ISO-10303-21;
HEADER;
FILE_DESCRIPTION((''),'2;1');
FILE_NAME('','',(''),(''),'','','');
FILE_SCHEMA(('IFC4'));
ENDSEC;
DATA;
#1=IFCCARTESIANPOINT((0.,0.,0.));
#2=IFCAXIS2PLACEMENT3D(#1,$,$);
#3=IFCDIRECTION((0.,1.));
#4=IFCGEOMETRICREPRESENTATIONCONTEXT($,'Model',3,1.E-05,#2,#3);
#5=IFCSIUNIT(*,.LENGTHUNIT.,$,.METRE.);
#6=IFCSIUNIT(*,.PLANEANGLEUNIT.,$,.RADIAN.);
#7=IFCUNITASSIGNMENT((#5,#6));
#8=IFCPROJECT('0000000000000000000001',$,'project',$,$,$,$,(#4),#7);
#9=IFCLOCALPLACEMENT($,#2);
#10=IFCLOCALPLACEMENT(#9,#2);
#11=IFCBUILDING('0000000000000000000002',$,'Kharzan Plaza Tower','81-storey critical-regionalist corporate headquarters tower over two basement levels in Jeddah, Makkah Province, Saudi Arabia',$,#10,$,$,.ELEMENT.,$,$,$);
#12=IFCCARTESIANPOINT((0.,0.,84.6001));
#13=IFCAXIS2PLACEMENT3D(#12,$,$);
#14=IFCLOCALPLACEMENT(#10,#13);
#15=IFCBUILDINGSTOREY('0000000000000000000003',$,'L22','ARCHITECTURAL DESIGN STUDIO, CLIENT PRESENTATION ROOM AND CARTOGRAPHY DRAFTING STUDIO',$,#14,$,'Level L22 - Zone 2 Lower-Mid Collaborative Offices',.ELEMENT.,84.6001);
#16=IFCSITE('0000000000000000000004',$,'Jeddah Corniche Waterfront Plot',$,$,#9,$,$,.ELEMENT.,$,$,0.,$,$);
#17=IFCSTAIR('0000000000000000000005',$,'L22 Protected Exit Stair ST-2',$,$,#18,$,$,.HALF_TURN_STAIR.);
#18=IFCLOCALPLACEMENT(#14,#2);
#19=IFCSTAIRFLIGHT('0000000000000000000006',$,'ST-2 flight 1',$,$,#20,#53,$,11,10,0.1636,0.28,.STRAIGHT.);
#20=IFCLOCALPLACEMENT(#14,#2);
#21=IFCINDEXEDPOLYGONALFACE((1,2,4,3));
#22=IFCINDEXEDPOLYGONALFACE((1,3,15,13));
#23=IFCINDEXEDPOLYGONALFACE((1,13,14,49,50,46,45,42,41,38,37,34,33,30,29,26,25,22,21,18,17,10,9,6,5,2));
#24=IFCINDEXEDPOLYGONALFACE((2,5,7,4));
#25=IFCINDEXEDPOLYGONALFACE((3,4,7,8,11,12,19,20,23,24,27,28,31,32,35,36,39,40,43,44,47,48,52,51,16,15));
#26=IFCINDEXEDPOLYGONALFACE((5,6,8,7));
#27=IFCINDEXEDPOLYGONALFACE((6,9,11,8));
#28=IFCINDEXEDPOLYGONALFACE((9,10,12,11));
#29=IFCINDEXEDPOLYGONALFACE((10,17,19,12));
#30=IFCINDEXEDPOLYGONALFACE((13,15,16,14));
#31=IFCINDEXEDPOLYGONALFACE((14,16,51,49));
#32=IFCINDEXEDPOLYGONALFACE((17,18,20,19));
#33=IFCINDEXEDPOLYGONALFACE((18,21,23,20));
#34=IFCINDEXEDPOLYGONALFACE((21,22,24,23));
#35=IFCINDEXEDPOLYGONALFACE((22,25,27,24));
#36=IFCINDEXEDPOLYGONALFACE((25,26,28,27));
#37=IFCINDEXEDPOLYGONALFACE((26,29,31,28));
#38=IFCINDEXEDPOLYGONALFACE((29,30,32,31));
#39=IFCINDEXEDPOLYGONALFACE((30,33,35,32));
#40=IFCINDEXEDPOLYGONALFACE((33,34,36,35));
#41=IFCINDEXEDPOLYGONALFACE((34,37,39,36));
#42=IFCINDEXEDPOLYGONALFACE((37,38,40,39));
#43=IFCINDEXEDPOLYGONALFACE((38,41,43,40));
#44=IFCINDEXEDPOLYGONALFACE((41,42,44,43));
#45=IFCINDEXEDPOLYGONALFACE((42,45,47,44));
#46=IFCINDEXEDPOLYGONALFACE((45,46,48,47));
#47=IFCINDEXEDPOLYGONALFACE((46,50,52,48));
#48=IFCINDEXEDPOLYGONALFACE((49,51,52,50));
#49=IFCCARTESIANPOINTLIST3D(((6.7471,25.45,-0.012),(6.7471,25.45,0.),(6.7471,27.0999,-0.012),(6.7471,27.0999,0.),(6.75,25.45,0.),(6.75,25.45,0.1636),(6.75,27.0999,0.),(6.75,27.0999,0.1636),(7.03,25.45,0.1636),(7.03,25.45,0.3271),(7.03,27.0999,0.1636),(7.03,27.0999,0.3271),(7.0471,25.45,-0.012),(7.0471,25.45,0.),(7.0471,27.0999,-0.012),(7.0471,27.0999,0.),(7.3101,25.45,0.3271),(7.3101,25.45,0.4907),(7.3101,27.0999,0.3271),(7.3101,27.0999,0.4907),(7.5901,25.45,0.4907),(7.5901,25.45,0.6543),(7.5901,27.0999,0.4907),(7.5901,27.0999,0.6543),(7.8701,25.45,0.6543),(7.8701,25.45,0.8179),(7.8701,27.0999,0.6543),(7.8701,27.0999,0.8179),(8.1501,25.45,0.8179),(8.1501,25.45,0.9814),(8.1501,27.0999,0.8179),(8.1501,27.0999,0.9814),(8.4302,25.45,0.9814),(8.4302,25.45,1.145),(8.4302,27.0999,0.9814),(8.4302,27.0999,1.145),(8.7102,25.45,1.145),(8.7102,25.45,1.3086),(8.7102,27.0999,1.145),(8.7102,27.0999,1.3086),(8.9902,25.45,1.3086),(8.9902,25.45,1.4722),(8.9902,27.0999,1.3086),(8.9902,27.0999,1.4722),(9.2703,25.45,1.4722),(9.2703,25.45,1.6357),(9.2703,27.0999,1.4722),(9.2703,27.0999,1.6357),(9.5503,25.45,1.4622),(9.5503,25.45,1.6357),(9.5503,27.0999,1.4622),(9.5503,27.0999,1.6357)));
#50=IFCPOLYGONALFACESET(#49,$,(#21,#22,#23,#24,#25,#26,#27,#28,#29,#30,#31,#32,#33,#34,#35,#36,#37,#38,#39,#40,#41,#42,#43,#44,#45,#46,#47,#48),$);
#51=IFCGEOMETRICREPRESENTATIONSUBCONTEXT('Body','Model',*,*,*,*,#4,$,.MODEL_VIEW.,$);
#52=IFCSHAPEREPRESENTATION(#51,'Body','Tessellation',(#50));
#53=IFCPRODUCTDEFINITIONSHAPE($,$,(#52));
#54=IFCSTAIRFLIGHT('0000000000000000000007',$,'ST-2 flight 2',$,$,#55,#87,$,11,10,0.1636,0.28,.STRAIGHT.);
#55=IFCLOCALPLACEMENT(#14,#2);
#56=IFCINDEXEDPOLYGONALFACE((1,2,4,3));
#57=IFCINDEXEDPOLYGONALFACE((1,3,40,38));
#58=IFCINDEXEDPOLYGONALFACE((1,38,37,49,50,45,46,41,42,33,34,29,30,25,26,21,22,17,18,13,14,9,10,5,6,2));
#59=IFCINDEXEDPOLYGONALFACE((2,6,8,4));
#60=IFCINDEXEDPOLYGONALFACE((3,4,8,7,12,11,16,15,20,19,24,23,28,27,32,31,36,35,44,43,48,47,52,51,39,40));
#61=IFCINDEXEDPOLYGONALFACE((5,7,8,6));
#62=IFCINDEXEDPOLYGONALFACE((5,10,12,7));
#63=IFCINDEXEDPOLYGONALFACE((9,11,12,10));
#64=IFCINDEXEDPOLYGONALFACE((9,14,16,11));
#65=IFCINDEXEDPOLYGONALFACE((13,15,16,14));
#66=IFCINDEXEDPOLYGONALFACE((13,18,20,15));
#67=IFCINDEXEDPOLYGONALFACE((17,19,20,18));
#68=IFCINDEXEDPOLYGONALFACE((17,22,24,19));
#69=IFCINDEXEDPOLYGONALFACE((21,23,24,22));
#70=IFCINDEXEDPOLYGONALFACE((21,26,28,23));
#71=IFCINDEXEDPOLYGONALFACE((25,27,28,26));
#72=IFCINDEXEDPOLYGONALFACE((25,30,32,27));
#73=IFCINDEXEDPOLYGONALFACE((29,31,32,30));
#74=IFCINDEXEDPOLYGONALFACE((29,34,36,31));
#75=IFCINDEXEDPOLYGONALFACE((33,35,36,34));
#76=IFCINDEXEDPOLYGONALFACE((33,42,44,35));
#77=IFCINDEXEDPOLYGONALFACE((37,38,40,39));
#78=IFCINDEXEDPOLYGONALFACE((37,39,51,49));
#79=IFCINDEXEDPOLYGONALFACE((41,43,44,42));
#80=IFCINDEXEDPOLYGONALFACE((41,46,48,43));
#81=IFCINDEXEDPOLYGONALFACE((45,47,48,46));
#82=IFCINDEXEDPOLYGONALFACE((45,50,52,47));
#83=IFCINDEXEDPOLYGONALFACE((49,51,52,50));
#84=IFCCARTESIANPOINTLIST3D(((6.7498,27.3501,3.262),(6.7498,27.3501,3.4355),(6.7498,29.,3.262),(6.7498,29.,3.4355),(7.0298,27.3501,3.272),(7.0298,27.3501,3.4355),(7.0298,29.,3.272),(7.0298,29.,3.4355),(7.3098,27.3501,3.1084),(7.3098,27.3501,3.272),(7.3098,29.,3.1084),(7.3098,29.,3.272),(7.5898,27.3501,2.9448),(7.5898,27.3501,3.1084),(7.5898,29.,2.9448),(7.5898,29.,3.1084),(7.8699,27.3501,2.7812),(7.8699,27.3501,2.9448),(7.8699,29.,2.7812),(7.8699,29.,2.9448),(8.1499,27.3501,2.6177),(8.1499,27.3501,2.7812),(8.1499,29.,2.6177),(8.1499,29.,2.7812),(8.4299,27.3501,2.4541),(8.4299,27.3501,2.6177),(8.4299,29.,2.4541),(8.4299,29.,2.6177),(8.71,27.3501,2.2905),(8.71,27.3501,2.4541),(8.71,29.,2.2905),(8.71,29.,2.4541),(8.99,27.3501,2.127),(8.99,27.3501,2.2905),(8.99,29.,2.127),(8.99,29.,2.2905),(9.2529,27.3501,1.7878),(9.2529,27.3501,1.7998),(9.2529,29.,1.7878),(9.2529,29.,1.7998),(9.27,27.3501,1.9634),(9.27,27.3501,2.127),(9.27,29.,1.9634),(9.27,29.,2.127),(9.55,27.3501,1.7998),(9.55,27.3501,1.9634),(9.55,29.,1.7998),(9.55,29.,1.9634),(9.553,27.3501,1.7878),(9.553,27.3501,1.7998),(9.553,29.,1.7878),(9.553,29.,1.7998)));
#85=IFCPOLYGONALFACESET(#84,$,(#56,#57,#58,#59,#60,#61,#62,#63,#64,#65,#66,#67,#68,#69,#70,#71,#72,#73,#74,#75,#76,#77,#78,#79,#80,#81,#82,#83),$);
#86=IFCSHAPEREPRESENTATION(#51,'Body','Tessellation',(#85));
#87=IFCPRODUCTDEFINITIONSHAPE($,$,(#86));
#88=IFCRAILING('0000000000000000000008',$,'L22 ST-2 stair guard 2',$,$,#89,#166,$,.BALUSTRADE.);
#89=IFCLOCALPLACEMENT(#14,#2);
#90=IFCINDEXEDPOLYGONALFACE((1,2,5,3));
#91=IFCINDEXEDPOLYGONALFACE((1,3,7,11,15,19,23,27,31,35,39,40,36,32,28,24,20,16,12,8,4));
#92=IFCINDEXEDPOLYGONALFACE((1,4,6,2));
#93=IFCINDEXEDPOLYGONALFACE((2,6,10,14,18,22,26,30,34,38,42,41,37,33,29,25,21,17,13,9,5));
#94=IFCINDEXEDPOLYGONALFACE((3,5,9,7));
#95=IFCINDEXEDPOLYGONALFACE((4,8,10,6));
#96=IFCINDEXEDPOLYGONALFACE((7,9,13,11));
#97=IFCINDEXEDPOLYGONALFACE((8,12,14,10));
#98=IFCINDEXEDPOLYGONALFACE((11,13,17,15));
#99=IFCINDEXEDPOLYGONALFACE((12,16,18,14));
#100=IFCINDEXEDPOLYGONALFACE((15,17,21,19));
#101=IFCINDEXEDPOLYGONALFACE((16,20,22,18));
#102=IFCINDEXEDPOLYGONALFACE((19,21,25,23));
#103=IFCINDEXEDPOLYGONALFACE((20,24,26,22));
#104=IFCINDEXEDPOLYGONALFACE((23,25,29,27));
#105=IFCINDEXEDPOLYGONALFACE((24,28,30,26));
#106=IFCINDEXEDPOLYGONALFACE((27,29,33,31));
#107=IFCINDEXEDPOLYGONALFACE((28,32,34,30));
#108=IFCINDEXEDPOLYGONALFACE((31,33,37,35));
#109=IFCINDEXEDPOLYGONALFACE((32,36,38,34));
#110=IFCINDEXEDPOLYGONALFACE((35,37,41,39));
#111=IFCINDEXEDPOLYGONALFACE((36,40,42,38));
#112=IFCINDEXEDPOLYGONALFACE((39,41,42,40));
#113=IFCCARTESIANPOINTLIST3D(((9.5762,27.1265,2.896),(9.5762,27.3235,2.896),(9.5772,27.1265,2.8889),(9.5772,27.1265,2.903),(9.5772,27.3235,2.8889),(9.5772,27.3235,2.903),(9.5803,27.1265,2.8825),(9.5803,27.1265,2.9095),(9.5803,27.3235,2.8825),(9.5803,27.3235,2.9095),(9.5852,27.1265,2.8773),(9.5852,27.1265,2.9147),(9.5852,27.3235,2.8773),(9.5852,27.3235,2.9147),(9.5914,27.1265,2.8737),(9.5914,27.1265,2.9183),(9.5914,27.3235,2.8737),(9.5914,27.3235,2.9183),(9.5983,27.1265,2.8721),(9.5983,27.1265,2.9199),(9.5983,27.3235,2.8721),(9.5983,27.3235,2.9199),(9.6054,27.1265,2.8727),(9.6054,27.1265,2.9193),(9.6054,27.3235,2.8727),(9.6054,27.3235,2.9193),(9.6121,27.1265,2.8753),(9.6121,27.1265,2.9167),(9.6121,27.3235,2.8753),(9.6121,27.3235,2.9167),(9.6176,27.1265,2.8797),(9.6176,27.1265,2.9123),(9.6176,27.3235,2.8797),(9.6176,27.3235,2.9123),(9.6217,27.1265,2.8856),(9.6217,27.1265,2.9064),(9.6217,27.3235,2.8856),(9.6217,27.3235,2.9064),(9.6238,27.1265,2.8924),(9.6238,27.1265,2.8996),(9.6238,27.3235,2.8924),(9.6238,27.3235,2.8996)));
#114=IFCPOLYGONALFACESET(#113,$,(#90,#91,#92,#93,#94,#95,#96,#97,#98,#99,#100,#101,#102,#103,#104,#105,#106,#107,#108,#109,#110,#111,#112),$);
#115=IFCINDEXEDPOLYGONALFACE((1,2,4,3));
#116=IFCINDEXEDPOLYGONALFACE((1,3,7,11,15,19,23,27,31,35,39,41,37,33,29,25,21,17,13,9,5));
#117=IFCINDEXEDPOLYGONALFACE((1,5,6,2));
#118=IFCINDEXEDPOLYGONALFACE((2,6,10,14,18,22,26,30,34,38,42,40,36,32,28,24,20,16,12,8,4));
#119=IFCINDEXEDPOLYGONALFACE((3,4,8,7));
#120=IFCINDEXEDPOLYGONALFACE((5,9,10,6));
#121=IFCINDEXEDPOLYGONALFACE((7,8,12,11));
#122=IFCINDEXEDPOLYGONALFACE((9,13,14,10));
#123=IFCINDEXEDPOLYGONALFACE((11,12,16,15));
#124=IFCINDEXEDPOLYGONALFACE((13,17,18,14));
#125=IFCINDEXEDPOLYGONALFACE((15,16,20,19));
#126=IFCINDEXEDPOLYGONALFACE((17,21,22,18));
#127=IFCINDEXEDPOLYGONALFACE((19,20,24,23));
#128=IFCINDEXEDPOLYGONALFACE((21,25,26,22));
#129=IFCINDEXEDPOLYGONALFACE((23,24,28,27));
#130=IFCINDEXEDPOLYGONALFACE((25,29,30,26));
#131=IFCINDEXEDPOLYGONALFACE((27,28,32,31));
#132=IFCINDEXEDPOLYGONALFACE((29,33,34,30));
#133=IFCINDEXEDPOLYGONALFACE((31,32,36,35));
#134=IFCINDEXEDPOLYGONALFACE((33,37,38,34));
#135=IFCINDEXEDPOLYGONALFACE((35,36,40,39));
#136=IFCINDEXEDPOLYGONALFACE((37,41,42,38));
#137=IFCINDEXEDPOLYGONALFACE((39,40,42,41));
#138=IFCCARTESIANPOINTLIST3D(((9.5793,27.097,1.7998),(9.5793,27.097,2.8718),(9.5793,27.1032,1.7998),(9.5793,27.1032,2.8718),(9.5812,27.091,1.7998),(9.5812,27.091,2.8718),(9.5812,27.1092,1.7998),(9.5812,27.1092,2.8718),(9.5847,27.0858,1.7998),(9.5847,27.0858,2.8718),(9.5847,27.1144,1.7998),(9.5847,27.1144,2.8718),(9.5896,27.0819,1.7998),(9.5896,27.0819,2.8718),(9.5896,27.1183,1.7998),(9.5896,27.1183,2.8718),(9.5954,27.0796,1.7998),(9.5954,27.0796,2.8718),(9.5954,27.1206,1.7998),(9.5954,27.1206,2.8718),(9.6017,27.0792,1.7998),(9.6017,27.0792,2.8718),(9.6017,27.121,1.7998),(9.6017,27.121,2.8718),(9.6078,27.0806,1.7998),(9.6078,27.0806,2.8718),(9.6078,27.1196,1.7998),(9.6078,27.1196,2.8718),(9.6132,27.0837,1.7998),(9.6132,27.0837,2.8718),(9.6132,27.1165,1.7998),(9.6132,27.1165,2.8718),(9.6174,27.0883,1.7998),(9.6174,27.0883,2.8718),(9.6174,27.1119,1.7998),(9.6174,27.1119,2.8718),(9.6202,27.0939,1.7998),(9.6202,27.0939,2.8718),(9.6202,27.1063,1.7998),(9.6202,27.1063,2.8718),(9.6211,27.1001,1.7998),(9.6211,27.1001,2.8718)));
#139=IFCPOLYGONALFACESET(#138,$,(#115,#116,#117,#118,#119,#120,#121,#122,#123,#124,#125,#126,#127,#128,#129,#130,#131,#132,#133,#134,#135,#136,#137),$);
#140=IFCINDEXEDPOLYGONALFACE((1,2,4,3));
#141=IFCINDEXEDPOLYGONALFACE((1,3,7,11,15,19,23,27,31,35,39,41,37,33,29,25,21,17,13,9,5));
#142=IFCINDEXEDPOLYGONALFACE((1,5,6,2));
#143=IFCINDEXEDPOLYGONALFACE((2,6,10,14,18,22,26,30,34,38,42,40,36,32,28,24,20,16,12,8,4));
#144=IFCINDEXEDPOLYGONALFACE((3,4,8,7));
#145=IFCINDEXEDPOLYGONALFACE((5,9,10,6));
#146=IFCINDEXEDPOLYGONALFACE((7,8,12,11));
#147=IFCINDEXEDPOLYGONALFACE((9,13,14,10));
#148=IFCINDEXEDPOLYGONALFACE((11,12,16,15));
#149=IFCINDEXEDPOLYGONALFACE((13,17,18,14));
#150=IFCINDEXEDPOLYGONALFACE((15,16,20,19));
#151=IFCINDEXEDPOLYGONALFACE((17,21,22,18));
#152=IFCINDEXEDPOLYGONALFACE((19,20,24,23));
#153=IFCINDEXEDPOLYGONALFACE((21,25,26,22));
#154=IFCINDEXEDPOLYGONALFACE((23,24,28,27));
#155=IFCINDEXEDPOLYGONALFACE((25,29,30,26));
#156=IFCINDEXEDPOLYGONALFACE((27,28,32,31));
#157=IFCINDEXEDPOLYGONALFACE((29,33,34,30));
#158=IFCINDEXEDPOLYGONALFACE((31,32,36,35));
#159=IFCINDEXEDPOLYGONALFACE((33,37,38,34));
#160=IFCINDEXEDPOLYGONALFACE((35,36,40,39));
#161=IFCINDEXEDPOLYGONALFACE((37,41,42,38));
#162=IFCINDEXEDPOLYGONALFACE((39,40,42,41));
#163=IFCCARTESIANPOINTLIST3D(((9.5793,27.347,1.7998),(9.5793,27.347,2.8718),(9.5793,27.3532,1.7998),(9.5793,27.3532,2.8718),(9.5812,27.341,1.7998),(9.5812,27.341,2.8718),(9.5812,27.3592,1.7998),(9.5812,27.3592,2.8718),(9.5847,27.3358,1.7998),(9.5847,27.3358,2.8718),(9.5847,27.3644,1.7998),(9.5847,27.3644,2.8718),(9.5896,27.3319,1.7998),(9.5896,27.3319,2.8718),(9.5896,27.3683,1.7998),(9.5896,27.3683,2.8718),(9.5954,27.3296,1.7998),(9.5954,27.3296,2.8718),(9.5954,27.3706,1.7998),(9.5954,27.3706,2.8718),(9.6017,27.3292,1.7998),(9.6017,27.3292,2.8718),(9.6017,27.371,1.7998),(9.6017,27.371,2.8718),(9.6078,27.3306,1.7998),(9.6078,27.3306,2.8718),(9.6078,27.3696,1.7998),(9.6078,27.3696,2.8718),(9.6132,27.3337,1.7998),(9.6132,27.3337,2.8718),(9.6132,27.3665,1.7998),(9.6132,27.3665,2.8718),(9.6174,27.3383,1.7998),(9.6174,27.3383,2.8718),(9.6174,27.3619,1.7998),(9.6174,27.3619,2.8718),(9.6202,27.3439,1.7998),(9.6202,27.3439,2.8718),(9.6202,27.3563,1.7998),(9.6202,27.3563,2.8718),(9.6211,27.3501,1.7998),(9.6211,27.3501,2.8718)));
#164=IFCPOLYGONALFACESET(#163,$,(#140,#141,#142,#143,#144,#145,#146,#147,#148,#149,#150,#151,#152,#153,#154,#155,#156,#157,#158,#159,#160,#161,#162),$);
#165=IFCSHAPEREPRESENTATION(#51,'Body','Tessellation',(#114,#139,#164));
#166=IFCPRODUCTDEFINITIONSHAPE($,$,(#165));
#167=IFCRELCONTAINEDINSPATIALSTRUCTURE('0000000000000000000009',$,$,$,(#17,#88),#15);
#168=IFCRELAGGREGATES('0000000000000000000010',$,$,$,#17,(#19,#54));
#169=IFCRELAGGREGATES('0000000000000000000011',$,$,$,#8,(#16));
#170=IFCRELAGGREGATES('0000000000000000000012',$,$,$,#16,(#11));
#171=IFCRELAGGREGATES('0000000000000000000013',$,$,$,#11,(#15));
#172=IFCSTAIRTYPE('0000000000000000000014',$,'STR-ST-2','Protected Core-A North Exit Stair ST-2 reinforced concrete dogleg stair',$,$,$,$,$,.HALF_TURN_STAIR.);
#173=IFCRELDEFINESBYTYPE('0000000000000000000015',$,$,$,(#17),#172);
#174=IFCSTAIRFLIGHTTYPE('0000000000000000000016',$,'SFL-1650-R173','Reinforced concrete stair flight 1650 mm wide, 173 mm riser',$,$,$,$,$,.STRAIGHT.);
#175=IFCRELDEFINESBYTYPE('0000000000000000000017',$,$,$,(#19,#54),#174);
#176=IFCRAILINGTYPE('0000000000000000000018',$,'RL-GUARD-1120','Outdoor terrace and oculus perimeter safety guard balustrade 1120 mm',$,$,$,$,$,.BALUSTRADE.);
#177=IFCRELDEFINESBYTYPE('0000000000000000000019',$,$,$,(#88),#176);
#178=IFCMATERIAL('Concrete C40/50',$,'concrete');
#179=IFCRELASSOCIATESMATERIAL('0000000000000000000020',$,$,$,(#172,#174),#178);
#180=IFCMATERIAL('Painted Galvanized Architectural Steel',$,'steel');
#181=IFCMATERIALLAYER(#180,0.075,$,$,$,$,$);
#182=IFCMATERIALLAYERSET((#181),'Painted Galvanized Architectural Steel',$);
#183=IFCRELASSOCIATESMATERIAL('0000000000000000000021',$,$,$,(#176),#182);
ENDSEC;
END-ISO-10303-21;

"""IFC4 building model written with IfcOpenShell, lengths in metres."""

from ifc_helpers import new_model, si_unit, direction, frame, origin, origin_2d, place, context, subcontext, project, spatial, polyline, circle, outline, extrude, source, transform, mapped, material, layer, layer_set, type_object, element, aggregate, save


model = new_model("IFC4")

# Units and contexts
model_context = context("Model", 3, precision=1e-05, world=origin(), true_north=direction((0.0, 1.0)))
body_context = subcontext(model_context, "Body", "Model", "MODEL_VIEW")
ifc_project = project(units=[si_unit("LENGTHUNIT", "METRE"), si_unit("PLANEANGLEUNIT", "RADIAN")], contexts=[model_context])

# Site, building, storey
site_placement = place(None, origin())
site = spatial("IfcSite", under=ifc_project, at=site_placement, Name="Jeddah Corniche Waterfront Plot", CompositionType="ELEMENT", RefElevation=0.0)
building_placement = place(site_placement, origin())
building = spatial("IfcBuilding", under=site, at=building_placement, Name="Kharzan Plaza Tower", Description="81-storey critical-regionalist corporate headquarters tower over two basement levels in Jeddah, Makkah Province, Saudi Arabia", CompositionType="ELEMENT")
storey_placement = place(building_placement, frame((0.0, 0.0, 84.6001)))
storey = spatial("IfcBuildingStorey", under=building, at=storey_placement, Name="L22", Description="ARCHITECTURAL DESIGN STUDIO, CLIENT PRESENTATION ROOM AND CARTOGRAPHY DRAFTING STUDIO", LongName="Level L22 - Zone 2 Lower-Mid Collaborative Offices", CompositionType="ELEMENT", Elevation=84.6001)

# Shared definitions
ifc_material_1 = material(Name="Concrete C40/50", Category="concrete")

# Stair, stair flights
stair_type = type_object("IfcStairType", Name="STR-ST-2", Description="Protected Core-A North Exit Stair ST-2 reinforced concrete dogleg stair", PredefinedType="HALF_TURN_STAIR", material=ifc_material_1)
stair_placement = place(storey_placement, origin())
stair = element("IfcStair", 1, at=stair_placement, inside=storey, type_object=stair_type, Name="L22 Protected Exit Stair ST-2", PredefinedType="HALF_TURN_STAIR")
stair_flight_type = type_object("IfcStairFlightType", Name="SFL-1650-R173", Description="Reinforced concrete stair flight 1650 mm wide, 173 mm riser", PredefinedType="STRAIGHT", material=ifc_material_1)
shared_shape_1 = source(origin(), body_context, "Body", "SweptSolid", [
    extrude(outline(polyline([(-0.0029, -0.012), (-0.0029, 0.0), (0.0, 0.0), (0.0, 0.1636), (0.28, 0.1636), (0.28, 0.3271), (0.5601, 0.3271), (0.5601, 0.4907), (0.8401, 0.4907), (0.8401, 0.6543), (1.1201, 0.6543), (1.1201, 0.8179), (1.4001, 0.8179), (1.4001, 0.9814), (1.6802, 0.9814), (1.6802, 1.145), (1.9602, 1.145), (1.9602, 1.3086), (2.2402, 1.3086), (2.2402, 1.4722), (2.5203, 1.4722), (2.5203, 1.6357), (2.8003, 1.6357), (2.8003, 1.7993), (2.8003, 1.4622), (0.2971, 0.0), (0.2971, -0.012), (-0.0029, -0.012)])), frame((0.0, 0.825, 0.0), z_axis=(0.0, -1.0, 0.0), x_axis=(1.0, 0.0, 0.0)), (0.0, 0.0, 1.0), 1.6499),
])
stair_flight_1_placement = place(storey_placement, frame((6.75, 26.2749, 0.0), z_axis=(0.0, 0.0, 1.0), x_axis=(1.0, 0.0, 0.0)))
stair_flight_1 = element("IfcStairFlight", 2, at=stair_flight_1_placement, type_object=stair_flight_type, Name="ST-2 flight 1", NumberOfRisers=11, NumberOfTreads=10, PredefinedType="STRAIGHT", RiserHeight=0.1636, TreadLength=0.28, context=body_context, shape_type="MappedRepresentation", body=[
    mapped(shared_shape_1, transform((0.0, 0.0, 0.0), x_axis=(1.0, 0.0, 0.0), y_axis=(0.0, 1.0, 0.0), z_axis=(0.0, 0.0, 1.0))),
])
stair_flight_2_placement = place(storey_placement, frame((9.55, 28.175, 1.7998), z_axis=(0.0, 0.0, 1.0), x_axis=(-1.0, 0.0, 0.0)))
stair_flight_2 = element("IfcStairFlight", 3, at=stair_flight_2_placement, type_object=stair_flight_type, Name="ST-2 flight 2", NumberOfRisers=11, NumberOfTreads=10, PredefinedType="STRAIGHT", RiserHeight=0.1636, TreadLength=0.28, context=body_context, shape_type="MappedRepresentation", body=[
    mapped(shared_shape_1, transform((0.0, 0.0, 0.0), x_axis=(1.0, 0.0, 0.0), y_axis=(0.0, 1.0, 0.0), z_axis=(0.0, 0.0, 1.0))),
])
aggregate(stair, [stair_flight_1, stair_flight_2])

# Railing
ifc_material_2 = material(Name="Painted Galvanized Architectural Steel", Category="steel")
ifc_layer_1 = layer(ifc_material_2, 0.075)
ifc_layer_set_1 = layer_set([ifc_layer_1], Name="Painted Galvanized Architectural Steel")
railing_type_1 = type_object("IfcRailingType", Name="RL-GUARD-1120", Description="Outdoor terrace and oculus perimeter safety guard balustrade 1120 mm", PredefinedType="BALUSTRADE", material=ifc_layer_set_1)
shared_shape_2 = source(origin(), body_context, "Body", "SweptSolid", [
    extrude(circle(Radius=0.0239, at=origin_2d()), frame((0.0, 0.0264, 1.0962), z_axis=(0.0, 1.0, 0.0), x_axis=(-1.0, 0.0, 0.0)), (0.0, 0.0, 1.0), 0.197),
    extrude(circle(Radius=0.021, at=origin_2d()), origin(), (0.0, 0.0, 1.0), 1.072),
    extrude(circle(Radius=0.021, at=origin_2d()), frame((0.0, 0.25, 0.0)), (0.0, 0.0, 1.0), 1.072),
])
for number, where, name in (
    (4, (9.6001, 27.1001, 1.7998), "L22 ST-2 stair guard 2"),
):
    element("IfcRailing", number, at=place(storey_placement, frame(where)), inside=storey, type_object=railing_type_1, Name=name, PredefinedType="BALUSTRADE", context=body_context, shape_type="MappedRepresentation", body=[
        mapped(shared_shape_2, transform((0.0, 0.0, 0.0), x_axis=(1.0, 0.0, 0.0), y_axis=(0.0, 1.0, 0.0), z_axis=(0.0, 0.0, 1.0))),
    ])

save(model, "model.ifc")
